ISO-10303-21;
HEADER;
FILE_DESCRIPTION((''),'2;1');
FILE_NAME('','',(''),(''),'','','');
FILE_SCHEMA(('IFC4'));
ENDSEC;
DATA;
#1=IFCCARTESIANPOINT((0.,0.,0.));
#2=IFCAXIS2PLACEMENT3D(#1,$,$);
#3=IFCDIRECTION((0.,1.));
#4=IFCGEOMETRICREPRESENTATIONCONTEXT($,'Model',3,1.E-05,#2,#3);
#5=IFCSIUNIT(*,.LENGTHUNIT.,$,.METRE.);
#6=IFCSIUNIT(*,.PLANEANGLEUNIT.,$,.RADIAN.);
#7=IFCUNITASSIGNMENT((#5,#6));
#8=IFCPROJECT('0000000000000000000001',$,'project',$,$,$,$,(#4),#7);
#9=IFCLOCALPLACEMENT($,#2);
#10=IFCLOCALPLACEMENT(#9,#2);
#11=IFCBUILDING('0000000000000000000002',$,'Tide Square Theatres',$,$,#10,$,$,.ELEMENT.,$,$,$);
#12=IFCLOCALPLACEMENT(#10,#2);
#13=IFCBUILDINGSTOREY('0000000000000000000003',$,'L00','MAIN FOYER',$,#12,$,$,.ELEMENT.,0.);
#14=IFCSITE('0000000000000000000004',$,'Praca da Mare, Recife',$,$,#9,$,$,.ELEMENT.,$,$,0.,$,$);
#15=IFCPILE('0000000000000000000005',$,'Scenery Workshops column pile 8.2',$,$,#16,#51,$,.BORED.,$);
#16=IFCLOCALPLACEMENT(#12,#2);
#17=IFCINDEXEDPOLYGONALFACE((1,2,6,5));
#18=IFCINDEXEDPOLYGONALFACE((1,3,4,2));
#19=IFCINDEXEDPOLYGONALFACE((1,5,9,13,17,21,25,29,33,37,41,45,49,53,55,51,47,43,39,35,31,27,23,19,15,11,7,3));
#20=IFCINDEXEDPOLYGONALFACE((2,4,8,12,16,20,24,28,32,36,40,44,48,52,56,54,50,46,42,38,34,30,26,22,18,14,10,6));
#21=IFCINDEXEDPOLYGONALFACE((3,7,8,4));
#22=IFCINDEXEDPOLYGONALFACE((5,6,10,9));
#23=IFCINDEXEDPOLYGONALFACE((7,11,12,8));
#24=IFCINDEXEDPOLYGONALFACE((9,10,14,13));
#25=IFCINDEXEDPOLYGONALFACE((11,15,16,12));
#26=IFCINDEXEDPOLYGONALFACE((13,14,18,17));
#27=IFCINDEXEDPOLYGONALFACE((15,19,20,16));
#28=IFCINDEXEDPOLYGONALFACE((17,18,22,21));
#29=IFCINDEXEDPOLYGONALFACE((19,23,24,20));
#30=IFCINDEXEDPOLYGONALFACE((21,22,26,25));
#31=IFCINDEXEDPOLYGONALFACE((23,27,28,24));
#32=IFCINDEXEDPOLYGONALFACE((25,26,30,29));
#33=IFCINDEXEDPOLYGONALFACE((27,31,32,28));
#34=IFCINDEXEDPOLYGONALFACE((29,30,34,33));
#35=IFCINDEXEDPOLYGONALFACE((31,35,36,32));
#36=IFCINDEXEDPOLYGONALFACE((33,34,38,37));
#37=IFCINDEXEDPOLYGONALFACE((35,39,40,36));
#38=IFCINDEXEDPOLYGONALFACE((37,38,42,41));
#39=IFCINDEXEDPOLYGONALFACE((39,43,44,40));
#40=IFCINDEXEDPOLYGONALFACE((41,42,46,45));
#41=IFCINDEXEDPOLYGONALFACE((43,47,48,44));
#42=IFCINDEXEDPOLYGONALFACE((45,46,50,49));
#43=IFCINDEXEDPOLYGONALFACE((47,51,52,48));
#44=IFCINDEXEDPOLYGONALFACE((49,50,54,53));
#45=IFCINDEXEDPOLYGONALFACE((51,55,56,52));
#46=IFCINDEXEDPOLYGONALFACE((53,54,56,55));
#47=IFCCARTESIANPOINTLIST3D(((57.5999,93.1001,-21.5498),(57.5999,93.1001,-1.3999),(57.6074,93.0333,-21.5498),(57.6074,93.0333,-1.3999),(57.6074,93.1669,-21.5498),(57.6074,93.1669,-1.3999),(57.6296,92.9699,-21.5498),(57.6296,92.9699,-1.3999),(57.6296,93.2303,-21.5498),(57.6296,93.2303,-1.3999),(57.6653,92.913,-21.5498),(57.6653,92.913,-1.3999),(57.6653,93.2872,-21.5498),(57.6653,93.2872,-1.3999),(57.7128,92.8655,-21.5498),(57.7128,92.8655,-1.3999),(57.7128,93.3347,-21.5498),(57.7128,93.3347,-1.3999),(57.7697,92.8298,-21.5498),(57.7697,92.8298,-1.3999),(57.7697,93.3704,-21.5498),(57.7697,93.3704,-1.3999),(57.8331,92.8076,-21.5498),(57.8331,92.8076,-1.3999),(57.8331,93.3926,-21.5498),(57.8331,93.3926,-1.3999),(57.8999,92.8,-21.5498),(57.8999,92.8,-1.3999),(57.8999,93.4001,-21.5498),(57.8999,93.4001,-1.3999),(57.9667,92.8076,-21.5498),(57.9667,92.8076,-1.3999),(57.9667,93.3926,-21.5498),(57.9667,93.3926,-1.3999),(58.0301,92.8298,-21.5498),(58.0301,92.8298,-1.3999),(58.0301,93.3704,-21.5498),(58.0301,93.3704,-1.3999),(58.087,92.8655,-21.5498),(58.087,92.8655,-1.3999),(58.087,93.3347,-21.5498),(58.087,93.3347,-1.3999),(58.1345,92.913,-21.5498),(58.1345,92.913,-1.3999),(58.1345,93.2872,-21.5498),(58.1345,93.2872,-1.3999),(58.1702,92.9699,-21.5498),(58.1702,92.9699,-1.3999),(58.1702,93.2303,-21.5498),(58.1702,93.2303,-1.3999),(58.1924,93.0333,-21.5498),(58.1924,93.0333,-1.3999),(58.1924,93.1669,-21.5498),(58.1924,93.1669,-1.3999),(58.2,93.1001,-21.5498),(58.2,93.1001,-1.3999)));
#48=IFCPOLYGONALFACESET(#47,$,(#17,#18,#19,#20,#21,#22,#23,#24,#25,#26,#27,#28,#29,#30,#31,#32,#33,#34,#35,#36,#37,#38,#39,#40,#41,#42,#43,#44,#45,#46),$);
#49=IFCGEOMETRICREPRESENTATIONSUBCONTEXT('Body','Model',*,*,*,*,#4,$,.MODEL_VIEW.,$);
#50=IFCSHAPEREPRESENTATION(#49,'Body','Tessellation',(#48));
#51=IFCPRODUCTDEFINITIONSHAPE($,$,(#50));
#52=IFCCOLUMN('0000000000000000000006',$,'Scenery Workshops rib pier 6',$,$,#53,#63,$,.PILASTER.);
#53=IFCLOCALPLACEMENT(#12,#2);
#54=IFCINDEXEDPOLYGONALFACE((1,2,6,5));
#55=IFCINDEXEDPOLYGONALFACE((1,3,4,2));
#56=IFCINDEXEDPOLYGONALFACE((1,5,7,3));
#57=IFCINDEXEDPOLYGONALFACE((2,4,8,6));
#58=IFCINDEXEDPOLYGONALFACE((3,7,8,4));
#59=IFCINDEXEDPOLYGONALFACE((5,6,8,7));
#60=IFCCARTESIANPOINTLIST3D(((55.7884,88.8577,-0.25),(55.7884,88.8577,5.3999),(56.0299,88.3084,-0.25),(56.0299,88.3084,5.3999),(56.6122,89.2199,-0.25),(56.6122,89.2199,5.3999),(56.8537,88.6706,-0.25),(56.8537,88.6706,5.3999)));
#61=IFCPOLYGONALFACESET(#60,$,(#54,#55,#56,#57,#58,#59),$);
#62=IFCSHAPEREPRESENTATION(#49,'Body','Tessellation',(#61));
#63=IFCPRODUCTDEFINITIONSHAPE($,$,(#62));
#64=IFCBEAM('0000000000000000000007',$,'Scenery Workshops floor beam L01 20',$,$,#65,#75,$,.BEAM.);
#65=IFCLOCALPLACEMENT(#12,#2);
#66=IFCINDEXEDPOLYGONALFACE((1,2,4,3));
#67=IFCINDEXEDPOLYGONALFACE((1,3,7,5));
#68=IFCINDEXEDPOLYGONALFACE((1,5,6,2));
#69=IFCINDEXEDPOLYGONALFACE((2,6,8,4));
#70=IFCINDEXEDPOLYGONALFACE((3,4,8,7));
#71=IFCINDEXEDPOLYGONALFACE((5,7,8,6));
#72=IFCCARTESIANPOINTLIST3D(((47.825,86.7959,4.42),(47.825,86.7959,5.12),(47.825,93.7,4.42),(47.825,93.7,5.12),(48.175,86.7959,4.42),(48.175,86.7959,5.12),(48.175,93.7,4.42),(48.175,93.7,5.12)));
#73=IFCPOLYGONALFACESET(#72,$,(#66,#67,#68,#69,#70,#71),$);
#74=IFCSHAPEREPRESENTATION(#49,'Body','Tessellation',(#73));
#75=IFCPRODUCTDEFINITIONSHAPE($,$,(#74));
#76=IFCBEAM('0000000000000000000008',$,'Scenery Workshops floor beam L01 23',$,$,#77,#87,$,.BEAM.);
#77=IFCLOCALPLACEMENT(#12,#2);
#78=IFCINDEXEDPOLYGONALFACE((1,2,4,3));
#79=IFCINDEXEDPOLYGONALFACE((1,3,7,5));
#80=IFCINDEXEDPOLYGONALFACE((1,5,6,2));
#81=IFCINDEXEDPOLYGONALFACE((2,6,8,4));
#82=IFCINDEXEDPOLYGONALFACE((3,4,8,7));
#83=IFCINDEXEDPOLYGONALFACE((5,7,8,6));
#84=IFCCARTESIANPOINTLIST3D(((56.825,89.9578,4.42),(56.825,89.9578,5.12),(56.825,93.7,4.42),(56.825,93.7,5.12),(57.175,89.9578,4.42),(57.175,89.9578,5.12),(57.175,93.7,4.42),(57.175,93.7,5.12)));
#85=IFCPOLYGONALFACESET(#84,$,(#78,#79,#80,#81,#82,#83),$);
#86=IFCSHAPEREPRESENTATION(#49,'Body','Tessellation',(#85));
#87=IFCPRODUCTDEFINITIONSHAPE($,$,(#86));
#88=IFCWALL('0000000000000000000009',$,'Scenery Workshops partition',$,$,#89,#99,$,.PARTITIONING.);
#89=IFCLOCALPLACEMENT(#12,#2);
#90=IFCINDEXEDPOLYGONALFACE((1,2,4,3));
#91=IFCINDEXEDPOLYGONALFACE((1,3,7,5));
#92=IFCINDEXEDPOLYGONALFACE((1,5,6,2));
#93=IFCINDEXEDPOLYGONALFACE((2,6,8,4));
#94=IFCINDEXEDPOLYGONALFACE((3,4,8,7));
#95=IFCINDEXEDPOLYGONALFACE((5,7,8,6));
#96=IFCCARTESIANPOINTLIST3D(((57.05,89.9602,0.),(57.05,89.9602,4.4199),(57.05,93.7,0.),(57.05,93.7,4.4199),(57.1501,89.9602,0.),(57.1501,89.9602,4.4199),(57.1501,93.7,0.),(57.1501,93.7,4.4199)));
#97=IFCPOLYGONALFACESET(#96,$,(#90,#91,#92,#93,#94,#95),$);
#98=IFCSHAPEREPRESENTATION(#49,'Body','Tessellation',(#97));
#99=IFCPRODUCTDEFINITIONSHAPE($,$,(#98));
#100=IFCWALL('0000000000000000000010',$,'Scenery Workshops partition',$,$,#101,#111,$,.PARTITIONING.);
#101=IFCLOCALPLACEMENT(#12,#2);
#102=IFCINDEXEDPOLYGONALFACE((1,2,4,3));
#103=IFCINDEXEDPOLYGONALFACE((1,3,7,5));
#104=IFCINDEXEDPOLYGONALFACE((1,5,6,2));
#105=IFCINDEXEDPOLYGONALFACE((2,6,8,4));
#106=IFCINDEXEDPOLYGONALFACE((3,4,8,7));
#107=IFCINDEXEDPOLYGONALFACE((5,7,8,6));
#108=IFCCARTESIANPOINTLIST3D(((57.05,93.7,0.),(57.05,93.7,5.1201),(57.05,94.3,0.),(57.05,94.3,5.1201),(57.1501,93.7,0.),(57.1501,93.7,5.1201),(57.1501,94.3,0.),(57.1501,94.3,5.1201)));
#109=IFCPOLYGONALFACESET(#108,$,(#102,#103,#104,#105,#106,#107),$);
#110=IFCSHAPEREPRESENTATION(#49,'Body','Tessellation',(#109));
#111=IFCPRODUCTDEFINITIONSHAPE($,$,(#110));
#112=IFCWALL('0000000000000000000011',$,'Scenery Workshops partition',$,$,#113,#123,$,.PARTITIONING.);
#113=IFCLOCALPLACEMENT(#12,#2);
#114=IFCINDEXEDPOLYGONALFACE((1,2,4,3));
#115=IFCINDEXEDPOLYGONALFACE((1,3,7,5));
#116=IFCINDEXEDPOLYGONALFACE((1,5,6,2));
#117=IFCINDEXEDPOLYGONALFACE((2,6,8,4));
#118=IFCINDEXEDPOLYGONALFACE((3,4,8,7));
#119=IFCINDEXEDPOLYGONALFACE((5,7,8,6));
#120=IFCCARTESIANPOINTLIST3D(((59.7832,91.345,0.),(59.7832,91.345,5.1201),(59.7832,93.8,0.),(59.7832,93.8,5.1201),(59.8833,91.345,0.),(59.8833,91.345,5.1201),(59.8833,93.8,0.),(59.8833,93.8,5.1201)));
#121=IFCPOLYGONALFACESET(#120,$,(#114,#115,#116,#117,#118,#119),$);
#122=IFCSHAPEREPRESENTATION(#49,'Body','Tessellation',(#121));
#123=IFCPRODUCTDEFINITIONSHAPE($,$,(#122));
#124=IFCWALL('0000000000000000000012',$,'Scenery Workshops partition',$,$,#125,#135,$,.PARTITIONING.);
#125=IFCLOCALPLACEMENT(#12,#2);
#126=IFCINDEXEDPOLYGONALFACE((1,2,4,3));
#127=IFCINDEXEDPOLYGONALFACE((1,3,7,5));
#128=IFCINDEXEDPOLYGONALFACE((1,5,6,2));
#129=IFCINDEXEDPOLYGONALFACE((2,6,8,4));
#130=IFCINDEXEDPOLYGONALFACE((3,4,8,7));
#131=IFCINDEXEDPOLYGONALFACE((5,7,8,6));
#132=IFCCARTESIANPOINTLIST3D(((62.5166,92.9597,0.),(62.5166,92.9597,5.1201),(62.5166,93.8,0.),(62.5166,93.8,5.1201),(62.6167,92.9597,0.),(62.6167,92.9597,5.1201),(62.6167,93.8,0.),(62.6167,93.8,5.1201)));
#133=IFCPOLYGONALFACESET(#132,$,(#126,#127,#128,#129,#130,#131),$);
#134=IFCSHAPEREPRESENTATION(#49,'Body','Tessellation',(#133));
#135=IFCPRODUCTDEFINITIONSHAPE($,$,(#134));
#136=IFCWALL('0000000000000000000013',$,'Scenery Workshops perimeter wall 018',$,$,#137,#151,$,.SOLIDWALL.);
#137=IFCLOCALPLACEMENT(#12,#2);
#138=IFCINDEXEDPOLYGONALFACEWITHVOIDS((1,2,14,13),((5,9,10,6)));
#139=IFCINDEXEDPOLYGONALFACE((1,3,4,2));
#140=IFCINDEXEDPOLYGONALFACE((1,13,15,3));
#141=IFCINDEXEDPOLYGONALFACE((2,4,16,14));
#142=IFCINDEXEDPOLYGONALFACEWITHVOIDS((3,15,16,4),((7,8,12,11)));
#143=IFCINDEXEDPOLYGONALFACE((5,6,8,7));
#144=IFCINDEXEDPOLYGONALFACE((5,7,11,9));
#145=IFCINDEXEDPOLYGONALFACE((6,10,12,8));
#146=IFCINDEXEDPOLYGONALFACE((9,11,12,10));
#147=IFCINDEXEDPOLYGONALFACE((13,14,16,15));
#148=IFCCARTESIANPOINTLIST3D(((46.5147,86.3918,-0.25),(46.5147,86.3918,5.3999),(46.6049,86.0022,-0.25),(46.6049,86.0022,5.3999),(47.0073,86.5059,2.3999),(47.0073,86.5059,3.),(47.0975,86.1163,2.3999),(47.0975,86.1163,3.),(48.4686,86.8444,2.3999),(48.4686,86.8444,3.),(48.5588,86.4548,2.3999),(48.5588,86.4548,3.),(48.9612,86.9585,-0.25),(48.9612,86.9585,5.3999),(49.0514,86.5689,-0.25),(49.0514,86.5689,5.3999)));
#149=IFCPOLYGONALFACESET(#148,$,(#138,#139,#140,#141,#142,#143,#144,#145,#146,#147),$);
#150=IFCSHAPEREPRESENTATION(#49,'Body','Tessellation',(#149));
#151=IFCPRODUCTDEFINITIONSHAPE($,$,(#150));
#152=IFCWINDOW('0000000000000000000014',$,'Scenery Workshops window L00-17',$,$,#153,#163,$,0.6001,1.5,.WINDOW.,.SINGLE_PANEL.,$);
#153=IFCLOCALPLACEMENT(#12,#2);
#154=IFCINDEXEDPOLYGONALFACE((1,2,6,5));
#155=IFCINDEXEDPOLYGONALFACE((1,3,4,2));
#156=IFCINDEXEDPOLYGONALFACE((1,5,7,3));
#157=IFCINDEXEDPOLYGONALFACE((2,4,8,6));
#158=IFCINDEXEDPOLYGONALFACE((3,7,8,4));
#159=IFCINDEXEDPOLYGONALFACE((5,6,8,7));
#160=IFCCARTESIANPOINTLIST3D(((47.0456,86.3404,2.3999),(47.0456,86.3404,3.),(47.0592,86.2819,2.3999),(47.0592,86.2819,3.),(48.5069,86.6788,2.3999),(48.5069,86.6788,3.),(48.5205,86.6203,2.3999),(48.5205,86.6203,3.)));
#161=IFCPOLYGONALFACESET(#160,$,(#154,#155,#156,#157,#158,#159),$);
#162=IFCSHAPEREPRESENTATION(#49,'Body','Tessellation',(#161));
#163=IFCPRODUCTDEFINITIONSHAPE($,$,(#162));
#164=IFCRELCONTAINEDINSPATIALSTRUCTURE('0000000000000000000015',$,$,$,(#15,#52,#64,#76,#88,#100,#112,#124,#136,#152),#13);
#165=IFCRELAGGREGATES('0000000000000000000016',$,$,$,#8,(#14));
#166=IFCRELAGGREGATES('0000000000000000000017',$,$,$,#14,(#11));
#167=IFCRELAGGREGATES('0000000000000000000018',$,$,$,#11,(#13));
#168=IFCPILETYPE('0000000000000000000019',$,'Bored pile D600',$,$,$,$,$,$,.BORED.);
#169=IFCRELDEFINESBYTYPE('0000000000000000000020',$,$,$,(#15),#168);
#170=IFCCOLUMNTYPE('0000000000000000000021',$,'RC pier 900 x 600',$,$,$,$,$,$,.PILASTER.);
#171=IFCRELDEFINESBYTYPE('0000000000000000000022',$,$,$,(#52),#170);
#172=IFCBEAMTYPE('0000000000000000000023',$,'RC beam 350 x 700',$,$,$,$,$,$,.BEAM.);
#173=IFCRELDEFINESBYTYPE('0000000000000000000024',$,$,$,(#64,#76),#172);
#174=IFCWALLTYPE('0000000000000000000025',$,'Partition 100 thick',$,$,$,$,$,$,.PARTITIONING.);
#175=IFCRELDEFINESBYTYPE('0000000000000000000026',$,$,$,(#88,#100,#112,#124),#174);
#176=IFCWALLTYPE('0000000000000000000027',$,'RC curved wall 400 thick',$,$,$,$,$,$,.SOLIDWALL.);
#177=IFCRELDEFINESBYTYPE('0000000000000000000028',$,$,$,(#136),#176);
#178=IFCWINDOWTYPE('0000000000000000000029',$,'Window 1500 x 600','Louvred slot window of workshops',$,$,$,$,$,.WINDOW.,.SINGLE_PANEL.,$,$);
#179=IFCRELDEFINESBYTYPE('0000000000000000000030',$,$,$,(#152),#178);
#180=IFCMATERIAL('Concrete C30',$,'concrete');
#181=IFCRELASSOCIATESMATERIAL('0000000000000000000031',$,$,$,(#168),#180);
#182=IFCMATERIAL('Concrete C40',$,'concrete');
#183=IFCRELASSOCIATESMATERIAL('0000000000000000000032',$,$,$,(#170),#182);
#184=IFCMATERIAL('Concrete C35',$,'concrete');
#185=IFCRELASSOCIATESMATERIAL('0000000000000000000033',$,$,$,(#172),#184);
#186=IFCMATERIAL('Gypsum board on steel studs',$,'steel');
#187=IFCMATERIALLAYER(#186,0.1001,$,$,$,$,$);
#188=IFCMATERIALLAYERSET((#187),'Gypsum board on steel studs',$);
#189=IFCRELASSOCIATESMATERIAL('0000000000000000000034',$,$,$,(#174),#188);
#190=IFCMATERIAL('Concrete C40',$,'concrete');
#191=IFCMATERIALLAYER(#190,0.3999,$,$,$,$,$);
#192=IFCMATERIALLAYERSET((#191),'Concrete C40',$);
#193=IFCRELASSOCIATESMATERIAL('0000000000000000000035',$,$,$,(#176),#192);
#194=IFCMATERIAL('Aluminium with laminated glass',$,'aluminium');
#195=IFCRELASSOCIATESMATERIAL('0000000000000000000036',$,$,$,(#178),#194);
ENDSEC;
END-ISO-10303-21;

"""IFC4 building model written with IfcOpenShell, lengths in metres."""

from ifc_helpers import new_model, si_unit, direction, frame, frame_2d, origin, origin_2d, place, context, subcontext, project, spatial, rectangle, circle, extrude, material, layer, layer_set, material_profile, profile_set, type_object, element, fill, save


model = new_model("IFC4")

# Units and contexts
model_context = context("Model", 3, precision=1e-05, world=origin(), true_north=direction((0.0, 1.0)))
body_context = subcontext(model_context, "Body", "Model", "MODEL_VIEW")
ifc_project = project(units=[si_unit("LENGTHUNIT", "METRE"), si_unit("PLANEANGLEUNIT", "RADIAN")], contexts=[model_context])

# Site, building, storey
site_placement = place(None, origin())
site = spatial("IfcSite", under=ifc_project, at=site_placement, Name="Praca da Mare, Recife", CompositionType="ELEMENT", RefElevation=0.0)
building_placement = place(site_placement, origin())
building = spatial("IfcBuilding", under=site, at=building_placement, Name="Tide Square Theatres", CompositionType="ELEMENT")
storey_placement = place(building_placement, origin())
storey = spatial("IfcBuildingStorey", under=building, at=storey_placement, Name="L00", Description="MAIN FOYER", CompositionType="ELEMENT", Elevation=0.0)

# Pile
ifc_material_1 = material(Name="Concrete C30", Category="concrete")
ifc_material_profile_1 = material_profile(ifc_material_1, circle(Radius=0.3, at=origin_2d()))
ifc_profile_set_1 = profile_set([ifc_material_profile_1], Name="Concrete C30")
pile_type = type_object("IfcPileType", Name="Bored pile D600", PredefinedType="BORED", material=ifc_profile_set_1)
for number, where, z_axis, x_axis, name in (
    (1, (57.8999, 93.1001, -1.3999), (0.0, 0.0, -1.0), (1.0, 0.0, 0.0), "Scenery Workshops column pile 8.2"),
):
    element("IfcPile", number, at=place(storey_placement, frame(where, z_axis=z_axis, x_axis=x_axis)), inside=storey, type_object=pile_type, Name=name, PredefinedType="BORED", context=body_context, shape_type="SweptSolid", body=[
        extrude(circle(Radius=0.3, at=origin_2d()), origin(), (0.0, 0.0, 1.0), 20.1499),
    ])

# Column
ifc_material_2 = material(Name="Concrete C40", Category="concrete")
ifc_material_profile_2 = material_profile(ifc_material_2, rectangle(XDim=0.8999, YDim=0.6001, at=origin_2d()))
ifc_profile_set_2 = profile_set([ifc_material_profile_2], Name="Concrete C40")
column_type = type_object("IfcColumnType", Name="RC pier 900 x 600", PredefinedType="PILASTER", material=ifc_profile_set_2)
column_placement = place(storey_placement, frame((56.321, 88.7642, -0.25), z_axis=(0.0, 0.0, 1.0), x_axis=(0.915419, 0.402502, 0.0)))
element("IfcColumn", 2, at=column_placement, inside=storey, type_object=column_type, Name="Scenery Workshops rib pier 6", PredefinedType="PILASTER", context=body_context, shape_type="SweptSolid", body=[
    extrude(rectangle(XDim=0.8999, YDim=0.6001, at=origin_2d()), origin(), (0.0, 0.0, 1.0), 5.6499),
])

# Beams
ifc_material_3 = material(Name="Concrete C35", Category="concrete")
ifc_material_profile_3 = material_profile(ifc_material_3, rectangle(XDim=0.3501, YDim=0.7, at=origin_2d()))
ifc_profile_set_3 = profile_set([ifc_material_profile_3], Name="Concrete C35")
beam_type = type_object("IfcBeamType", Name="RC beam 350 x 700", PredefinedType="BEAM", material=ifc_profile_set_3)
beam_1_placement = place(storey_placement, frame((48.0, 86.7959, 4.77), z_axis=(0.0, 1.0, 0.0), x_axis=(-1.0, 0.0, 0.0)))
element("IfcBeam", 3, at=beam_1_placement, inside=storey, type_object=beam_type, Name="Scenery Workshops floor beam L01 20", PredefinedType="BEAM", context=body_context, shape_type="SweptSolid", body=[
    extrude(rectangle(XDim=0.3501, YDim=0.7, at=origin_2d()), origin(), (0.0, 0.0, 1.0), 6.9041),
])
beam_2_placement = place(storey_placement, frame((57.0, 89.9578, 4.77), z_axis=(0.0, 1.0, 0.0), x_axis=(-1.0, 0.0, 0.0)))
element("IfcBeam", 4, at=beam_2_placement, inside=storey, type_object=beam_type, Name="Scenery Workshops floor beam L01 23", PredefinedType="BEAM", context=body_context, shape_type="SweptSolid", body=[
    extrude(rectangle(XDim=0.3501, YDim=0.7, at=origin_2d()), origin(), (0.0, 0.0, 1.0), 3.7422),
])

# Walls
ifc_material_4 = material(Name="Gypsum board on steel studs", Category="steel")
ifc_layer_1 = layer(ifc_material_4, 0.1001)
ifc_layer_set_1 = layer_set([ifc_layer_1], Name="Gypsum board on steel studs")
wall_type_1 = type_object("IfcWallType", Name="Partition 100 thick", PredefinedType="PARTITIONING", material=ifc_layer_set_1)
wall_1_placement = place(storey_placement, frame((57.1001, 89.9602, 0.0), z_axis=(0.0, 0.0, 1.0), x_axis=(0.0, 1.0, 0.0)))
element("IfcWall", 5, at=wall_1_placement, inside=storey, type_object=wall_type_1, Name="Scenery Workshops partition", PredefinedType="PARTITIONING", context=body_context, shape_type="SweptSolid", body=[
    extrude(rectangle(XDim=3.7397, YDim=0.1001, at=frame_2d((1.8699, 0.0))), origin(), (0.0, 0.0, 1.0), 4.4199),
])
wall_2_placement = place(storey_placement, frame((57.1001, 93.7, 0.0), z_axis=(0.0, 0.0, 1.0), x_axis=(0.0, 1.0, 0.0)))
element("IfcWall", 6, at=wall_2_placement, inside=storey, type_object=wall_type_1, Name="Scenery Workshops partition", PredefinedType="PARTITIONING", context=body_context, shape_type="SweptSolid", body=[
    extrude(rectangle(XDim=0.6001, YDim=0.1001, at=frame_2d((0.3, 0.0))), origin(), (0.0, 0.0, 1.0), 5.1201),
])
wall_3_placement = place(storey_placement, frame((59.8333, 93.8, 0.0), z_axis=(0.0, 0.0, 1.0), x_axis=(0.0, -1.0, 0.0)))
element("IfcWall", 7, at=wall_3_placement, inside=storey, type_object=wall_type_1, Name="Scenery Workshops partition", PredefinedType="PARTITIONING", context=body_context, shape_type="SweptSolid", body=[
    extrude(rectangle(XDim=2.4551, YDim=0.1001, at=frame_2d((1.2275, 0.0))), origin(), (0.0, 0.0, 1.0), 5.1201),
])
wall_4_placement = place(storey_placement, frame((62.5667, 93.8, 0.0), z_axis=(0.0, 0.0, 1.0), x_axis=(0.0, -1.0, 0.0)))
element("IfcWall", 8, at=wall_4_placement, inside=storey, type_object=wall_type_1, Name="Scenery Workshops partition", PredefinedType="PARTITIONING", context=body_context, shape_type="SweptSolid", body=[
    extrude(rectangle(XDim=0.8403, YDim=0.1001, at=frame_2d((0.4202, 0.0))), origin(), (0.0, 0.0, 1.0), 5.1201),
])

# Wall, opening, window
ifc_material_5 = material(Name="Concrete C40", Category="concrete")
ifc_layer_2 = layer(ifc_material_5, 0.3999)
ifc_layer_set_2 = layer_set([ifc_layer_2], Name="Concrete C40")
wall_type_2 = type_object("IfcWallType", Name="RC curved wall 400 thick", PredefinedType="SOLIDWALL", material=ifc_layer_set_2)
wall_5_placement = place(storey_placement, frame((46.5598, 86.197, -0.25), z_axis=(0.0, 0.0, 1.0), x_axis=(0.974211, 0.22564, 0.0)))
wall_5 = element("IfcWall", 9, at=wall_5_placement, inside=storey, type_object=wall_type_2, Name="Scenery Workshops perimeter wall 018", PredefinedType="SOLIDWALL", context=body_context, shape_type="SweptSolid", body=[
    extrude(rectangle(XDim=2.5112, YDim=0.3999, at=frame_2d((1.2556, 0.0))), origin(), (0.0, 0.0, 1.0), 5.6499),
])
opening_1_placement = place(wall_5_placement, frame((0.5056, 0.0, 2.6499)))
opening_1 = element("IfcOpeningElement", 10, at=opening_1_placement, cuts=wall_5, PredefinedType="OPENING", context=body_context, shape_type="SweptSolid", body=[
    extrude(rectangle(XDim=1.5, YDim=0.6001, at=frame_2d((0.75, 0.3))), frame((0.0, 0.21, 0.0), z_axis=(0.0, -1.0, 0.0), x_axis=(1.0, 0.0, 0.0)), (0.0, 0.0, 1.0), 0.4199),
])
ifc_material_6 = material(Name="Aluminium with laminated glass", Category="aluminium")
window_type_1 = type_object("IfcWindowType", Name="Window 1500 x 600", Description="Louvred slot window of workshops", PartitioningType="SINGLE_PANEL", PredefinedType="WINDOW", material=ifc_material_6)
window_1_placement = place(opening_1_placement, origin())
window_1 = element("IfcWindow", 11, at=window_1_placement, inside=storey, type_object=window_type_1, Name="Scenery Workshops window L00-17", OverallHeight=0.6001, OverallWidth=1.5, PartitioningType="SINGLE_PANEL", PredefinedType="WINDOW", context=body_context, shape_type="SweptSolid", body=[
    extrude(rectangle(XDim=1.5, YDim=0.6001, at=frame_2d((0.75, 0.3))), frame((0.0, 0.03, 0.0), z_axis=(0.0, -1.0, 0.0), x_axis=(1.0, 0.0, 0.0)), (0.0, 0.0, 1.0), 0.0601),
])
fill(opening_1, window_1)

save(model, "model.ifc")
